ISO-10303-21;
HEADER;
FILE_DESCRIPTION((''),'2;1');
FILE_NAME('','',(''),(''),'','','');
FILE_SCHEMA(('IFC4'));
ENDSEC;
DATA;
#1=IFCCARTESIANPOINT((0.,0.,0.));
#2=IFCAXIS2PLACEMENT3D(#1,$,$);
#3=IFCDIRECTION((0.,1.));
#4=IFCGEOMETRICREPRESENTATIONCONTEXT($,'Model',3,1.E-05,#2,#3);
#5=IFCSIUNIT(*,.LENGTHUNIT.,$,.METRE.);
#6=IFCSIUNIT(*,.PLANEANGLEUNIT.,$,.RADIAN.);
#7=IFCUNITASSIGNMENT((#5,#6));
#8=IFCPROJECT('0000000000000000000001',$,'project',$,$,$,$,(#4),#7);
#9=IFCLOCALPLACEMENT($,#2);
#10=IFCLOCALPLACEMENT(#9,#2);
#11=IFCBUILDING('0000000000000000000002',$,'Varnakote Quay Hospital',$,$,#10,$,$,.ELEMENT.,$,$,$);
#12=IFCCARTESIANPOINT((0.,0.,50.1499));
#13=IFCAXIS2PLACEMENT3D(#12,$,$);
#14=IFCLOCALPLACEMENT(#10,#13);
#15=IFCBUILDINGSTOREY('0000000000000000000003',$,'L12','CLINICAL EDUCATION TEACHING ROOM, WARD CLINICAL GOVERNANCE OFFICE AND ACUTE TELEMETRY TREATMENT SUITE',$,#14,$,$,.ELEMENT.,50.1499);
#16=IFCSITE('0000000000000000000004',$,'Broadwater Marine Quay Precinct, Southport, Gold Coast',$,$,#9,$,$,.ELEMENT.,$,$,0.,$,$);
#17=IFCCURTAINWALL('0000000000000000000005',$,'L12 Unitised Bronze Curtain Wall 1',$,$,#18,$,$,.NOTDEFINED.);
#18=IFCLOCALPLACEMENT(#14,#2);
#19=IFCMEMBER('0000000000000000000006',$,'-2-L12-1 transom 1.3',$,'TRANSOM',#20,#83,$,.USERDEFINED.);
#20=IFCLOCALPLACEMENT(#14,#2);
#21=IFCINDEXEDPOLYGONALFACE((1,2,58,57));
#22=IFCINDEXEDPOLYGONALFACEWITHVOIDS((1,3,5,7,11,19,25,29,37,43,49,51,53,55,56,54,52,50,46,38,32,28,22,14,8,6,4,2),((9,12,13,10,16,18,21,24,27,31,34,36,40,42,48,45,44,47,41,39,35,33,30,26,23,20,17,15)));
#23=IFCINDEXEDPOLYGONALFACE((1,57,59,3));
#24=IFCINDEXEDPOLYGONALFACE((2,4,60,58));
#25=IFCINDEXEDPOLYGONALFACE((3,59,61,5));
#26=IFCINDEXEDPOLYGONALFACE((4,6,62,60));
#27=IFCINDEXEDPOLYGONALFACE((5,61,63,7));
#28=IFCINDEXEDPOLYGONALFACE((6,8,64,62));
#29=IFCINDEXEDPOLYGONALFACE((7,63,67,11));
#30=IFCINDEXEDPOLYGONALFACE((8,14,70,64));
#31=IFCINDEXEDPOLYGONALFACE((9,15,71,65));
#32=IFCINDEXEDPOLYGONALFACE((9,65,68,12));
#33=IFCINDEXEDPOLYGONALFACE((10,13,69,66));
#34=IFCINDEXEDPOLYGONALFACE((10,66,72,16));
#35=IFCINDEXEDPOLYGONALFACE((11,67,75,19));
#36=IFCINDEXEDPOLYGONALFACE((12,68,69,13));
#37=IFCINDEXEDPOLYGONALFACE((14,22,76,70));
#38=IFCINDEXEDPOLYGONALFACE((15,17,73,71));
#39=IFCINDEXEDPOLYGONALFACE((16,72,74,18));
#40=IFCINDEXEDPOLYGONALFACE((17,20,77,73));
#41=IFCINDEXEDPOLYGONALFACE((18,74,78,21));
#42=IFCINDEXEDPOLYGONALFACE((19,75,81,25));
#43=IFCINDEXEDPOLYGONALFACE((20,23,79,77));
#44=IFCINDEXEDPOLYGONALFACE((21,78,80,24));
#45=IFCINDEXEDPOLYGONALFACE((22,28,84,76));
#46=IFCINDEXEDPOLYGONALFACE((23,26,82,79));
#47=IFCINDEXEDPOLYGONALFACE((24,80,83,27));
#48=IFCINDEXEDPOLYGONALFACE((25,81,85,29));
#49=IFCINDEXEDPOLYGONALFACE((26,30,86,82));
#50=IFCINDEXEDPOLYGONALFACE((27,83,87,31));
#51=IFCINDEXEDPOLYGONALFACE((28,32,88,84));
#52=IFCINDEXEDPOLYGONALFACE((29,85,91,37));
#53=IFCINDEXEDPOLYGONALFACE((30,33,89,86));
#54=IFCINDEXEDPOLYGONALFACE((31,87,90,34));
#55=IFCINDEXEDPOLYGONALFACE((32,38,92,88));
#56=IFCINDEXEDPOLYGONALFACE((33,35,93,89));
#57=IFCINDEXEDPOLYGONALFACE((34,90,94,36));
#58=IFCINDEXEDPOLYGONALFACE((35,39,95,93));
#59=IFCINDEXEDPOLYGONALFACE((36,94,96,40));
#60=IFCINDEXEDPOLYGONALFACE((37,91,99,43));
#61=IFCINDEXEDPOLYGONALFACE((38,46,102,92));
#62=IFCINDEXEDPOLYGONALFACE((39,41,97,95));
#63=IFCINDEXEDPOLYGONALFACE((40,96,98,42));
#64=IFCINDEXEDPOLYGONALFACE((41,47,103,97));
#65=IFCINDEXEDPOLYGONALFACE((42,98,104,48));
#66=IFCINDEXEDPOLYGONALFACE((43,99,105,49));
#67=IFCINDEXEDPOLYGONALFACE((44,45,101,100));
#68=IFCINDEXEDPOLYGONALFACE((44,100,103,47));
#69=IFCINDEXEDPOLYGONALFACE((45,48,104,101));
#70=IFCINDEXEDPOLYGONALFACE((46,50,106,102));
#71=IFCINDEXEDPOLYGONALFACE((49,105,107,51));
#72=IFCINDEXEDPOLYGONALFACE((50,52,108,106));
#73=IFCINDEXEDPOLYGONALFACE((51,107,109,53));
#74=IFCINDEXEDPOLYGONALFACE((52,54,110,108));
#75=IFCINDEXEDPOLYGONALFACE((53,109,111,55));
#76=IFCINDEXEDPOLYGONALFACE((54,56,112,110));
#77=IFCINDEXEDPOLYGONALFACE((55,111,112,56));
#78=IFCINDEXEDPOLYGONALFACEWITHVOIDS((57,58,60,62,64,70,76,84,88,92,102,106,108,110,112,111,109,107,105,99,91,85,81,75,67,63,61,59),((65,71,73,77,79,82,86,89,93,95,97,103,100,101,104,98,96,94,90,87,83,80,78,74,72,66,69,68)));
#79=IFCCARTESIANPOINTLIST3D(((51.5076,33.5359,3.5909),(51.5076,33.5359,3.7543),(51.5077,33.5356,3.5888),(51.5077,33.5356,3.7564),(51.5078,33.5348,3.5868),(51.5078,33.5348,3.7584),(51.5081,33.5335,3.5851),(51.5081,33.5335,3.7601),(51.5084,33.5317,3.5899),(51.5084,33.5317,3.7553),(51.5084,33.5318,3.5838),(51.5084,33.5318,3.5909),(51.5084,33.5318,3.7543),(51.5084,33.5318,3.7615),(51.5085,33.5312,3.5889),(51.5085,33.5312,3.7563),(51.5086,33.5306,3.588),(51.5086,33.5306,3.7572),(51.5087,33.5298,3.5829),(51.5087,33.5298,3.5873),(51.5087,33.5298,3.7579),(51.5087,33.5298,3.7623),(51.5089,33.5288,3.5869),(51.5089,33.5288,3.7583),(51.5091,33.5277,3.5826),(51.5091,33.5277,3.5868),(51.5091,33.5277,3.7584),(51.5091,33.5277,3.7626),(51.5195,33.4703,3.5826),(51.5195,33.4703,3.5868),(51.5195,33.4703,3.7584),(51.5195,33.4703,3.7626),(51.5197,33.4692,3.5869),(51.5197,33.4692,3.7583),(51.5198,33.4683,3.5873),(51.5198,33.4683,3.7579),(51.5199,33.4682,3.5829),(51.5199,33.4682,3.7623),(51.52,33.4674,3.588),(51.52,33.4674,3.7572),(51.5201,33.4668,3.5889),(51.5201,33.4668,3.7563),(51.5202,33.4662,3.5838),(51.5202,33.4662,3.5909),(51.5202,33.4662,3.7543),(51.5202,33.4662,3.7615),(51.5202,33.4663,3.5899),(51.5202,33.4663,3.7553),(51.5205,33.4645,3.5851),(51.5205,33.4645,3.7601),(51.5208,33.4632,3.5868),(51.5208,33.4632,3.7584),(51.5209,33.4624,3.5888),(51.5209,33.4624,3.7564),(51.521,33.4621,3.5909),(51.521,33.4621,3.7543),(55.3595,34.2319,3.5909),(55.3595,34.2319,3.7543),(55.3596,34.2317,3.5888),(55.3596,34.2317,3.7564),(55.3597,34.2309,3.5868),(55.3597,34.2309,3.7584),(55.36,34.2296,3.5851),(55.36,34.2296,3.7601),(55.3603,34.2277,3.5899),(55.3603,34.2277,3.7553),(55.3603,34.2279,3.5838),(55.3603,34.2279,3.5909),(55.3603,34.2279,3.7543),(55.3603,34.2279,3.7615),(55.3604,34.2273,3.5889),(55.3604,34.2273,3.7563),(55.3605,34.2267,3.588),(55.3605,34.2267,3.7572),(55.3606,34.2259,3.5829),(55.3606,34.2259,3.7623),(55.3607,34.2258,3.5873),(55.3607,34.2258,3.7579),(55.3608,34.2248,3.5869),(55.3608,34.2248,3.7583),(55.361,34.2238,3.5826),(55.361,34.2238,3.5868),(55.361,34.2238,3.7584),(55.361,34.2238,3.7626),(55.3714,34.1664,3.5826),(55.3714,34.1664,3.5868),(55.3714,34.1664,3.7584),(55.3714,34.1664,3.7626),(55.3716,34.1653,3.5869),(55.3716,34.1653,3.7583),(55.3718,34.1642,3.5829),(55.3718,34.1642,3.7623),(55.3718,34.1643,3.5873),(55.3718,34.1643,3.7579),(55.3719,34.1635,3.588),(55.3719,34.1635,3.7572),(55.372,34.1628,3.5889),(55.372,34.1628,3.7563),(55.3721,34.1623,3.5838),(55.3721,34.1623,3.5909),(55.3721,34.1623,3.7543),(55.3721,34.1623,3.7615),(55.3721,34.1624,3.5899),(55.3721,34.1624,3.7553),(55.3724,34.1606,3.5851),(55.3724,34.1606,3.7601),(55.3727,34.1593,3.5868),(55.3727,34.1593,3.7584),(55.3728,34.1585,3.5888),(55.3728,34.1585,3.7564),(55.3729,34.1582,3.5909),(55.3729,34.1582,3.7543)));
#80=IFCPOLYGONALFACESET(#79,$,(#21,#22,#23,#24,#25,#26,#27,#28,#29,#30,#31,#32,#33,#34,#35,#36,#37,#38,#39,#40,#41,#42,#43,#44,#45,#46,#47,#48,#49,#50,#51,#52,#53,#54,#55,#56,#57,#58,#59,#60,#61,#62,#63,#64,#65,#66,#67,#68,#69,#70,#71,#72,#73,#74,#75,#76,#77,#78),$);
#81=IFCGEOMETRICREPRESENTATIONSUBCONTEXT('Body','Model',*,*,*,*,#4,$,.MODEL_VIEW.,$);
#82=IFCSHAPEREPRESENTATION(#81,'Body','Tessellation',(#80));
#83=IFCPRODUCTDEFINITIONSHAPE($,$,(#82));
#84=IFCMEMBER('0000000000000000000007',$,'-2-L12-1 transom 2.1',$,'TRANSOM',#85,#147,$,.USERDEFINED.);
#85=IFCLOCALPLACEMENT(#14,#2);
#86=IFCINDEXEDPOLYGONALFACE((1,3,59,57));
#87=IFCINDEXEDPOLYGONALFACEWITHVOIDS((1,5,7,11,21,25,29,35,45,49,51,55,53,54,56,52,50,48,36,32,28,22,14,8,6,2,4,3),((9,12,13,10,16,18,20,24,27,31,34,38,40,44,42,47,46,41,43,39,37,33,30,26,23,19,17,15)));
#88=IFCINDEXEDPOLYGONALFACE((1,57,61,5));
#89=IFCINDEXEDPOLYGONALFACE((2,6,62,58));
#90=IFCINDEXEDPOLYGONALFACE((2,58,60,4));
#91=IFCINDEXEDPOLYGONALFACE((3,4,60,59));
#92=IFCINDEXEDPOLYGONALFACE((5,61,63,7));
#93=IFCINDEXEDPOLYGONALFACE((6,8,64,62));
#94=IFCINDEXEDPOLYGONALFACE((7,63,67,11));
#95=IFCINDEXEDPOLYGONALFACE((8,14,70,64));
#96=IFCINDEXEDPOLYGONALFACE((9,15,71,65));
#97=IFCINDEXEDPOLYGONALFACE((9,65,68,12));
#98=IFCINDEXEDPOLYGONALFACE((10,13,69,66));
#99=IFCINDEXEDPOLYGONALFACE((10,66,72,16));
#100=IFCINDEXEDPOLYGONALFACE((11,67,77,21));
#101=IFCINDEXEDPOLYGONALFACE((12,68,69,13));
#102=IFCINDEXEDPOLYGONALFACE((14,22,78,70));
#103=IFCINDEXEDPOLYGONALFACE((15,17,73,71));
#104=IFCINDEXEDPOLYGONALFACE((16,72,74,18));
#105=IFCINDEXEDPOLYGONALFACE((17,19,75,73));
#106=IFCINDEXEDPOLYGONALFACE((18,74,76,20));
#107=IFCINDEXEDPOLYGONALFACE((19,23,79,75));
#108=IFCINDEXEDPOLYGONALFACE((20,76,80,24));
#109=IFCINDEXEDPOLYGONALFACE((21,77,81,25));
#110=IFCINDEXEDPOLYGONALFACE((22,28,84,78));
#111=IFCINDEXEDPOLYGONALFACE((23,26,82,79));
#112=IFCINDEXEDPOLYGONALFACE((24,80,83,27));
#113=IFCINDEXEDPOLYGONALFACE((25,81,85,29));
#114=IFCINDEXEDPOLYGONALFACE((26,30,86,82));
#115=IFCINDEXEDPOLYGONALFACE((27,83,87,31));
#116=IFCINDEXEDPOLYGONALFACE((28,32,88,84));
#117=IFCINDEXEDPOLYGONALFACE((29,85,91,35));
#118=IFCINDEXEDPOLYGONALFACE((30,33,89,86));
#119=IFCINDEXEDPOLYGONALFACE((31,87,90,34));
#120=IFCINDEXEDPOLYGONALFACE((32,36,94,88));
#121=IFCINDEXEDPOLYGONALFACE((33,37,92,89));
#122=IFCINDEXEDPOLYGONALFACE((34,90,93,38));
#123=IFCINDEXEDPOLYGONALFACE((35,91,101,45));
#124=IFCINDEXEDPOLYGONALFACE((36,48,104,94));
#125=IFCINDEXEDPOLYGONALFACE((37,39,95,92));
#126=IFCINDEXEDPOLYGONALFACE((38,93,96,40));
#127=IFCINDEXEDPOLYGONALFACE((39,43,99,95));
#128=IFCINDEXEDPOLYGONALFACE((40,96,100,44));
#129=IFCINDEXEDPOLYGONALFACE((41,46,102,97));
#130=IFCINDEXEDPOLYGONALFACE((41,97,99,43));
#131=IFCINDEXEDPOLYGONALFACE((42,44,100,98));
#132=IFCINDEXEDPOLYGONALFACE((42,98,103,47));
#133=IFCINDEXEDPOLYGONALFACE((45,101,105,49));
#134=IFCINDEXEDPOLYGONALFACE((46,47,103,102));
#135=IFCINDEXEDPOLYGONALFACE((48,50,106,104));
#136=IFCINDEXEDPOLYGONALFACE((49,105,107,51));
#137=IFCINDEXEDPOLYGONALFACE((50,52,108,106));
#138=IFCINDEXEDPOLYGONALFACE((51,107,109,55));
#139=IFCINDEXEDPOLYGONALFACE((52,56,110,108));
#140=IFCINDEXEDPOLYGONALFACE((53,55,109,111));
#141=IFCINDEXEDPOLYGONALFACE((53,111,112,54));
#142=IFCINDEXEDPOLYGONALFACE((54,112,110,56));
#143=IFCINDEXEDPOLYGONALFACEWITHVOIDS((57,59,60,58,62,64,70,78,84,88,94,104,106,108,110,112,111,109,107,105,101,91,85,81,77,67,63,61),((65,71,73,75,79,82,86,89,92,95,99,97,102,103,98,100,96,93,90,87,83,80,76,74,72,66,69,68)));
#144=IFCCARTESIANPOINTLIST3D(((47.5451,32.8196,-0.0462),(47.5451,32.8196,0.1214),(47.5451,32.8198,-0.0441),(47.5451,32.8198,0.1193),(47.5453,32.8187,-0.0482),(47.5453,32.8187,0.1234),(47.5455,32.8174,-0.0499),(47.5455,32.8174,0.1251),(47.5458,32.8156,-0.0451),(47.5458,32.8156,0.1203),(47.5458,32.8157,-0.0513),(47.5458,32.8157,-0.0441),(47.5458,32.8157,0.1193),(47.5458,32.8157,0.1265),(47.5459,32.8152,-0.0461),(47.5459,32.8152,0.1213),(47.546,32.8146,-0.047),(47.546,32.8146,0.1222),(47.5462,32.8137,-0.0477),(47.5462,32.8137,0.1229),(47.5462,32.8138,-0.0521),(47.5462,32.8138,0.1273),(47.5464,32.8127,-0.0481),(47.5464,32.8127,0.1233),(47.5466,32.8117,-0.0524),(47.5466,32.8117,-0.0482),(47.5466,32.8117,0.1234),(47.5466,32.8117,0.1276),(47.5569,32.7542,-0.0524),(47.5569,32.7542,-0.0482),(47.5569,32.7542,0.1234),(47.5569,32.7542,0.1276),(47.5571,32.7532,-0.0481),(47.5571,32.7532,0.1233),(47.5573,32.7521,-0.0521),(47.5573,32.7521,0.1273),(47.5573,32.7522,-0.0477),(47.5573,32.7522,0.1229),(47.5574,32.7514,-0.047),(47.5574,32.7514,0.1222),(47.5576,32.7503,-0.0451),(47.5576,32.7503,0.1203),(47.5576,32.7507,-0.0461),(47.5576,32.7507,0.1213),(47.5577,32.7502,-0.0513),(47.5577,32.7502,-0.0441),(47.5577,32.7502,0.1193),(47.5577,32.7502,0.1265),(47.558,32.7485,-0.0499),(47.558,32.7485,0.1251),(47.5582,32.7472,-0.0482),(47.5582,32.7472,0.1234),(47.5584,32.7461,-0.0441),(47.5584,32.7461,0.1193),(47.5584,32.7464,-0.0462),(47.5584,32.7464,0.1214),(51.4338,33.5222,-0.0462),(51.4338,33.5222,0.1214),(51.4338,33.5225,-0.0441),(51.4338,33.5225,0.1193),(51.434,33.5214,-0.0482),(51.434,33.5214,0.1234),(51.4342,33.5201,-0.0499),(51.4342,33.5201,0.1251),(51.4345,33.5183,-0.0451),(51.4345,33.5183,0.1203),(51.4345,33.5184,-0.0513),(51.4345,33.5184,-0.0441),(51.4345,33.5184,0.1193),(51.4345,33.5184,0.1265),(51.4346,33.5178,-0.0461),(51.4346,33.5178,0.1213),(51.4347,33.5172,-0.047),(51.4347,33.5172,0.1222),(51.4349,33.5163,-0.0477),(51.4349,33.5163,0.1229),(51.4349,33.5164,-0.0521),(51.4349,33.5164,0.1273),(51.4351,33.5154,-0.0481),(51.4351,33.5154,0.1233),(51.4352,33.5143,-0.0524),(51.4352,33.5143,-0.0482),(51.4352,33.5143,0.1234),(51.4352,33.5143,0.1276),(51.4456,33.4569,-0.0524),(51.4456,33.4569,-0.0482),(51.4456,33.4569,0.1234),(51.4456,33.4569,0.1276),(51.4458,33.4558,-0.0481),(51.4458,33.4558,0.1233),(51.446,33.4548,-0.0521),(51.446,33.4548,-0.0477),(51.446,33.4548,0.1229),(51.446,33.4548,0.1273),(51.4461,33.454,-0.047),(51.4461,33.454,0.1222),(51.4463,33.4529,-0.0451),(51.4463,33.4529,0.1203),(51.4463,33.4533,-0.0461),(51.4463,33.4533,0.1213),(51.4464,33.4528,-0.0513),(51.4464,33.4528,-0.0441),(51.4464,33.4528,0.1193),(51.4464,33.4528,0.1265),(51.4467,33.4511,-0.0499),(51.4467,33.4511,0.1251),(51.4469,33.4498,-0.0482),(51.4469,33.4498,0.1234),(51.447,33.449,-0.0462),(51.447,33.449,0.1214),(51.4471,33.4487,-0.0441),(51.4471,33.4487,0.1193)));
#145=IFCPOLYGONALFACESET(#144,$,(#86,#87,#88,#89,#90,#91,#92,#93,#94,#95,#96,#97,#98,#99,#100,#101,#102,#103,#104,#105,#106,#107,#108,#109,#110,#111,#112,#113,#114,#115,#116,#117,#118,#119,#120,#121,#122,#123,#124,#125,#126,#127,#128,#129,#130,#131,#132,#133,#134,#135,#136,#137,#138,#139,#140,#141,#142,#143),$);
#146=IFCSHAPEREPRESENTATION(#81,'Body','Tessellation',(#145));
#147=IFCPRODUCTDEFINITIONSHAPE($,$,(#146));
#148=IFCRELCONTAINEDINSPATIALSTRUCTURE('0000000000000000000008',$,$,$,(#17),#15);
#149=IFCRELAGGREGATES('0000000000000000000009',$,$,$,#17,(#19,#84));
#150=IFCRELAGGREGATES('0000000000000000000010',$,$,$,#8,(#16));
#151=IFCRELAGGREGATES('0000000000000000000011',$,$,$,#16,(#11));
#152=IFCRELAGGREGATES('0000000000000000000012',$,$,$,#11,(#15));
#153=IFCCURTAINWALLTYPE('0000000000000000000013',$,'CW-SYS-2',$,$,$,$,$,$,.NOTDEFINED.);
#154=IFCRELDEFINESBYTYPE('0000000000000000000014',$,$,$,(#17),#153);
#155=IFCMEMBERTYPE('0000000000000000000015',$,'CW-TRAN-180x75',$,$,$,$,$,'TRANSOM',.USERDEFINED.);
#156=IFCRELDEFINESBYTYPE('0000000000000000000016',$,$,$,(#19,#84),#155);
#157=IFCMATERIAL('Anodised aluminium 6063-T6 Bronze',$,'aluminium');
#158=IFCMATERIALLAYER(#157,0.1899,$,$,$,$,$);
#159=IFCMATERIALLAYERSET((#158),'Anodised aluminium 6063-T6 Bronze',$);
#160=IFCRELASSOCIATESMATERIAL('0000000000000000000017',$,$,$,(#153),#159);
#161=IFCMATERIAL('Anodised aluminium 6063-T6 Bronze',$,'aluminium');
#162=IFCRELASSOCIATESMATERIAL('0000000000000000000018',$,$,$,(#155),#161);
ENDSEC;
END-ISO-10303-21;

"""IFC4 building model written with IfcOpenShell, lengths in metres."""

from ifc_helpers import new_model, si_unit, direction, frame, origin, origin_2d, place, context, subcontext, project, spatial, hollow_rectangle, extrude, material, layer, layer_set, material_profile, profile_set, type_object, element, aggregate, save


model = new_model("IFC4")

# Units and contexts
model_context = context("Model", 3, precision=1e-05, world=origin(), true_north=direction((0.0, 1.0)))
body_context = subcontext(model_context, "Body", "Model", "MODEL_VIEW")
ifc_project = project(units=[si_unit("LENGTHUNIT", "METRE"), si_unit("PLANEANGLEUNIT", "RADIAN")], contexts=[model_context])

# Site, building, storey
site_placement = place(None, origin())
site = spatial("IfcSite", under=ifc_project, at=site_placement, Name="Broadwater Marine Quay Precinct, Southport, Gold Coast", CompositionType="ELEMENT", RefElevation=0.0)
building_placement = place(site_placement, origin())
building = spatial("IfcBuilding", under=site, at=building_placement, Name="Varnakote Quay Hospital", CompositionType="ELEMENT")
storey_placement = place(building_placement, frame((0.0, 0.0, 50.1499)))
storey = spatial("IfcBuildingStorey", under=building, at=storey_placement, Name="L12", Description="CLINICAL EDUCATION TEACHING ROOM, WARD CLINICAL GOVERNANCE OFFICE AND ACUTE TELEMETRY TREATMENT SUITE", CompositionType="ELEMENT", Elevation=50.1499)

# Curtain wall, members
ifc_material_1 = material(Name="Anodised aluminium 6063-T6 Bronze", Category="aluminium")
ifc_layer_1 = layer(ifc_material_1, 0.1899)
ifc_layer_set_1 = layer_set([ifc_layer_1], Name="Anodised aluminium 6063-T6 Bronze")
curtain_wall_type = type_object("IfcCurtainWallType", Name="CW-SYS-2", PredefinedType="NOTDEFINED", material=ifc_layer_set_1)
curtain_wall_placement = place(storey_placement, origin())
curtain_wall = element("IfcCurtainWall", 1, at=curtain_wall_placement, inside=storey, type_object=curtain_wall_type, Name="L12 Unitised Bronze Curtain Wall 1", PredefinedType="NOTDEFINED")
ifc_material_2 = material(Name="Anodised aluminium 6063-T6 Bronze", Category="aluminium")
ifc_material_profile_1 = material_profile(ifc_material_2, hollow_rectangle(XDim=0.075, YDim=0.1799, WallThickness=0.0042, InnerFilletRadius=0.0042, OuterFilletRadius=0.0083, at=origin_2d()), Name="CW-TRAN-180x75")
ifc_profile_set_1 = profile_set([ifc_material_profile_1], Name="Anodised aluminium 6063-T6 Bronze")
member_type_1 = type_object("IfcMemberType", Name="CW-TRAN-180x75", ElementType="TRANSOM", PredefinedType="USERDEFINED", material=ifc_profile_set_1)
member_1_placement = place(storey_placement, frame((55.3662, 34.1951, 3.6726), z_axis=(-0.984062, -0.177826, 0.0), x_axis=(0.177826, -0.984062, 0.0)))
member_1 = element("IfcMember", 2, at=member_1_placement, type_object=member_type_1, Name="-2-L12-1 transom 1.3", ObjectType="TRANSOM", PredefinedType="USERDEFINED", context=body_context, shape_type="SweptSolid", body=[
    extrude(hollow_rectangle(XDim=0.075, YDim=0.1799, WallThickness=0.0042, InnerFilletRadius=0.0042, OuterFilletRadius=0.0083, at=origin_2d()), origin(), (0.0, 0.0, 1.0), 3.9143),
])
member_2_placement = place(storey_placement, frame((51.4404, 33.4856, 0.0376), z_axis=(-0.984065, -0.177809, 0.0), x_axis=(0.177809, -0.984065, 0.0)))
member_2 = element("IfcMember", 3, at=member_2_placement, type_object=member_type_1, Name="-2-L12-1 transom 2.1", ObjectType="TRANSOM", PredefinedType="USERDEFINED", context=body_context, shape_type="SweptSolid", body=[
    extrude(hollow_rectangle(XDim=0.075, YDim=0.1799, WallThickness=0.0042, InnerFilletRadius=0.0042, OuterFilletRadius=0.0083, at=origin_2d()), origin(), (0.0, 0.0, 1.0), 3.9517),
])
aggregate(curtain_wall, [member_1, member_2])

save(model, "model.ifc")
